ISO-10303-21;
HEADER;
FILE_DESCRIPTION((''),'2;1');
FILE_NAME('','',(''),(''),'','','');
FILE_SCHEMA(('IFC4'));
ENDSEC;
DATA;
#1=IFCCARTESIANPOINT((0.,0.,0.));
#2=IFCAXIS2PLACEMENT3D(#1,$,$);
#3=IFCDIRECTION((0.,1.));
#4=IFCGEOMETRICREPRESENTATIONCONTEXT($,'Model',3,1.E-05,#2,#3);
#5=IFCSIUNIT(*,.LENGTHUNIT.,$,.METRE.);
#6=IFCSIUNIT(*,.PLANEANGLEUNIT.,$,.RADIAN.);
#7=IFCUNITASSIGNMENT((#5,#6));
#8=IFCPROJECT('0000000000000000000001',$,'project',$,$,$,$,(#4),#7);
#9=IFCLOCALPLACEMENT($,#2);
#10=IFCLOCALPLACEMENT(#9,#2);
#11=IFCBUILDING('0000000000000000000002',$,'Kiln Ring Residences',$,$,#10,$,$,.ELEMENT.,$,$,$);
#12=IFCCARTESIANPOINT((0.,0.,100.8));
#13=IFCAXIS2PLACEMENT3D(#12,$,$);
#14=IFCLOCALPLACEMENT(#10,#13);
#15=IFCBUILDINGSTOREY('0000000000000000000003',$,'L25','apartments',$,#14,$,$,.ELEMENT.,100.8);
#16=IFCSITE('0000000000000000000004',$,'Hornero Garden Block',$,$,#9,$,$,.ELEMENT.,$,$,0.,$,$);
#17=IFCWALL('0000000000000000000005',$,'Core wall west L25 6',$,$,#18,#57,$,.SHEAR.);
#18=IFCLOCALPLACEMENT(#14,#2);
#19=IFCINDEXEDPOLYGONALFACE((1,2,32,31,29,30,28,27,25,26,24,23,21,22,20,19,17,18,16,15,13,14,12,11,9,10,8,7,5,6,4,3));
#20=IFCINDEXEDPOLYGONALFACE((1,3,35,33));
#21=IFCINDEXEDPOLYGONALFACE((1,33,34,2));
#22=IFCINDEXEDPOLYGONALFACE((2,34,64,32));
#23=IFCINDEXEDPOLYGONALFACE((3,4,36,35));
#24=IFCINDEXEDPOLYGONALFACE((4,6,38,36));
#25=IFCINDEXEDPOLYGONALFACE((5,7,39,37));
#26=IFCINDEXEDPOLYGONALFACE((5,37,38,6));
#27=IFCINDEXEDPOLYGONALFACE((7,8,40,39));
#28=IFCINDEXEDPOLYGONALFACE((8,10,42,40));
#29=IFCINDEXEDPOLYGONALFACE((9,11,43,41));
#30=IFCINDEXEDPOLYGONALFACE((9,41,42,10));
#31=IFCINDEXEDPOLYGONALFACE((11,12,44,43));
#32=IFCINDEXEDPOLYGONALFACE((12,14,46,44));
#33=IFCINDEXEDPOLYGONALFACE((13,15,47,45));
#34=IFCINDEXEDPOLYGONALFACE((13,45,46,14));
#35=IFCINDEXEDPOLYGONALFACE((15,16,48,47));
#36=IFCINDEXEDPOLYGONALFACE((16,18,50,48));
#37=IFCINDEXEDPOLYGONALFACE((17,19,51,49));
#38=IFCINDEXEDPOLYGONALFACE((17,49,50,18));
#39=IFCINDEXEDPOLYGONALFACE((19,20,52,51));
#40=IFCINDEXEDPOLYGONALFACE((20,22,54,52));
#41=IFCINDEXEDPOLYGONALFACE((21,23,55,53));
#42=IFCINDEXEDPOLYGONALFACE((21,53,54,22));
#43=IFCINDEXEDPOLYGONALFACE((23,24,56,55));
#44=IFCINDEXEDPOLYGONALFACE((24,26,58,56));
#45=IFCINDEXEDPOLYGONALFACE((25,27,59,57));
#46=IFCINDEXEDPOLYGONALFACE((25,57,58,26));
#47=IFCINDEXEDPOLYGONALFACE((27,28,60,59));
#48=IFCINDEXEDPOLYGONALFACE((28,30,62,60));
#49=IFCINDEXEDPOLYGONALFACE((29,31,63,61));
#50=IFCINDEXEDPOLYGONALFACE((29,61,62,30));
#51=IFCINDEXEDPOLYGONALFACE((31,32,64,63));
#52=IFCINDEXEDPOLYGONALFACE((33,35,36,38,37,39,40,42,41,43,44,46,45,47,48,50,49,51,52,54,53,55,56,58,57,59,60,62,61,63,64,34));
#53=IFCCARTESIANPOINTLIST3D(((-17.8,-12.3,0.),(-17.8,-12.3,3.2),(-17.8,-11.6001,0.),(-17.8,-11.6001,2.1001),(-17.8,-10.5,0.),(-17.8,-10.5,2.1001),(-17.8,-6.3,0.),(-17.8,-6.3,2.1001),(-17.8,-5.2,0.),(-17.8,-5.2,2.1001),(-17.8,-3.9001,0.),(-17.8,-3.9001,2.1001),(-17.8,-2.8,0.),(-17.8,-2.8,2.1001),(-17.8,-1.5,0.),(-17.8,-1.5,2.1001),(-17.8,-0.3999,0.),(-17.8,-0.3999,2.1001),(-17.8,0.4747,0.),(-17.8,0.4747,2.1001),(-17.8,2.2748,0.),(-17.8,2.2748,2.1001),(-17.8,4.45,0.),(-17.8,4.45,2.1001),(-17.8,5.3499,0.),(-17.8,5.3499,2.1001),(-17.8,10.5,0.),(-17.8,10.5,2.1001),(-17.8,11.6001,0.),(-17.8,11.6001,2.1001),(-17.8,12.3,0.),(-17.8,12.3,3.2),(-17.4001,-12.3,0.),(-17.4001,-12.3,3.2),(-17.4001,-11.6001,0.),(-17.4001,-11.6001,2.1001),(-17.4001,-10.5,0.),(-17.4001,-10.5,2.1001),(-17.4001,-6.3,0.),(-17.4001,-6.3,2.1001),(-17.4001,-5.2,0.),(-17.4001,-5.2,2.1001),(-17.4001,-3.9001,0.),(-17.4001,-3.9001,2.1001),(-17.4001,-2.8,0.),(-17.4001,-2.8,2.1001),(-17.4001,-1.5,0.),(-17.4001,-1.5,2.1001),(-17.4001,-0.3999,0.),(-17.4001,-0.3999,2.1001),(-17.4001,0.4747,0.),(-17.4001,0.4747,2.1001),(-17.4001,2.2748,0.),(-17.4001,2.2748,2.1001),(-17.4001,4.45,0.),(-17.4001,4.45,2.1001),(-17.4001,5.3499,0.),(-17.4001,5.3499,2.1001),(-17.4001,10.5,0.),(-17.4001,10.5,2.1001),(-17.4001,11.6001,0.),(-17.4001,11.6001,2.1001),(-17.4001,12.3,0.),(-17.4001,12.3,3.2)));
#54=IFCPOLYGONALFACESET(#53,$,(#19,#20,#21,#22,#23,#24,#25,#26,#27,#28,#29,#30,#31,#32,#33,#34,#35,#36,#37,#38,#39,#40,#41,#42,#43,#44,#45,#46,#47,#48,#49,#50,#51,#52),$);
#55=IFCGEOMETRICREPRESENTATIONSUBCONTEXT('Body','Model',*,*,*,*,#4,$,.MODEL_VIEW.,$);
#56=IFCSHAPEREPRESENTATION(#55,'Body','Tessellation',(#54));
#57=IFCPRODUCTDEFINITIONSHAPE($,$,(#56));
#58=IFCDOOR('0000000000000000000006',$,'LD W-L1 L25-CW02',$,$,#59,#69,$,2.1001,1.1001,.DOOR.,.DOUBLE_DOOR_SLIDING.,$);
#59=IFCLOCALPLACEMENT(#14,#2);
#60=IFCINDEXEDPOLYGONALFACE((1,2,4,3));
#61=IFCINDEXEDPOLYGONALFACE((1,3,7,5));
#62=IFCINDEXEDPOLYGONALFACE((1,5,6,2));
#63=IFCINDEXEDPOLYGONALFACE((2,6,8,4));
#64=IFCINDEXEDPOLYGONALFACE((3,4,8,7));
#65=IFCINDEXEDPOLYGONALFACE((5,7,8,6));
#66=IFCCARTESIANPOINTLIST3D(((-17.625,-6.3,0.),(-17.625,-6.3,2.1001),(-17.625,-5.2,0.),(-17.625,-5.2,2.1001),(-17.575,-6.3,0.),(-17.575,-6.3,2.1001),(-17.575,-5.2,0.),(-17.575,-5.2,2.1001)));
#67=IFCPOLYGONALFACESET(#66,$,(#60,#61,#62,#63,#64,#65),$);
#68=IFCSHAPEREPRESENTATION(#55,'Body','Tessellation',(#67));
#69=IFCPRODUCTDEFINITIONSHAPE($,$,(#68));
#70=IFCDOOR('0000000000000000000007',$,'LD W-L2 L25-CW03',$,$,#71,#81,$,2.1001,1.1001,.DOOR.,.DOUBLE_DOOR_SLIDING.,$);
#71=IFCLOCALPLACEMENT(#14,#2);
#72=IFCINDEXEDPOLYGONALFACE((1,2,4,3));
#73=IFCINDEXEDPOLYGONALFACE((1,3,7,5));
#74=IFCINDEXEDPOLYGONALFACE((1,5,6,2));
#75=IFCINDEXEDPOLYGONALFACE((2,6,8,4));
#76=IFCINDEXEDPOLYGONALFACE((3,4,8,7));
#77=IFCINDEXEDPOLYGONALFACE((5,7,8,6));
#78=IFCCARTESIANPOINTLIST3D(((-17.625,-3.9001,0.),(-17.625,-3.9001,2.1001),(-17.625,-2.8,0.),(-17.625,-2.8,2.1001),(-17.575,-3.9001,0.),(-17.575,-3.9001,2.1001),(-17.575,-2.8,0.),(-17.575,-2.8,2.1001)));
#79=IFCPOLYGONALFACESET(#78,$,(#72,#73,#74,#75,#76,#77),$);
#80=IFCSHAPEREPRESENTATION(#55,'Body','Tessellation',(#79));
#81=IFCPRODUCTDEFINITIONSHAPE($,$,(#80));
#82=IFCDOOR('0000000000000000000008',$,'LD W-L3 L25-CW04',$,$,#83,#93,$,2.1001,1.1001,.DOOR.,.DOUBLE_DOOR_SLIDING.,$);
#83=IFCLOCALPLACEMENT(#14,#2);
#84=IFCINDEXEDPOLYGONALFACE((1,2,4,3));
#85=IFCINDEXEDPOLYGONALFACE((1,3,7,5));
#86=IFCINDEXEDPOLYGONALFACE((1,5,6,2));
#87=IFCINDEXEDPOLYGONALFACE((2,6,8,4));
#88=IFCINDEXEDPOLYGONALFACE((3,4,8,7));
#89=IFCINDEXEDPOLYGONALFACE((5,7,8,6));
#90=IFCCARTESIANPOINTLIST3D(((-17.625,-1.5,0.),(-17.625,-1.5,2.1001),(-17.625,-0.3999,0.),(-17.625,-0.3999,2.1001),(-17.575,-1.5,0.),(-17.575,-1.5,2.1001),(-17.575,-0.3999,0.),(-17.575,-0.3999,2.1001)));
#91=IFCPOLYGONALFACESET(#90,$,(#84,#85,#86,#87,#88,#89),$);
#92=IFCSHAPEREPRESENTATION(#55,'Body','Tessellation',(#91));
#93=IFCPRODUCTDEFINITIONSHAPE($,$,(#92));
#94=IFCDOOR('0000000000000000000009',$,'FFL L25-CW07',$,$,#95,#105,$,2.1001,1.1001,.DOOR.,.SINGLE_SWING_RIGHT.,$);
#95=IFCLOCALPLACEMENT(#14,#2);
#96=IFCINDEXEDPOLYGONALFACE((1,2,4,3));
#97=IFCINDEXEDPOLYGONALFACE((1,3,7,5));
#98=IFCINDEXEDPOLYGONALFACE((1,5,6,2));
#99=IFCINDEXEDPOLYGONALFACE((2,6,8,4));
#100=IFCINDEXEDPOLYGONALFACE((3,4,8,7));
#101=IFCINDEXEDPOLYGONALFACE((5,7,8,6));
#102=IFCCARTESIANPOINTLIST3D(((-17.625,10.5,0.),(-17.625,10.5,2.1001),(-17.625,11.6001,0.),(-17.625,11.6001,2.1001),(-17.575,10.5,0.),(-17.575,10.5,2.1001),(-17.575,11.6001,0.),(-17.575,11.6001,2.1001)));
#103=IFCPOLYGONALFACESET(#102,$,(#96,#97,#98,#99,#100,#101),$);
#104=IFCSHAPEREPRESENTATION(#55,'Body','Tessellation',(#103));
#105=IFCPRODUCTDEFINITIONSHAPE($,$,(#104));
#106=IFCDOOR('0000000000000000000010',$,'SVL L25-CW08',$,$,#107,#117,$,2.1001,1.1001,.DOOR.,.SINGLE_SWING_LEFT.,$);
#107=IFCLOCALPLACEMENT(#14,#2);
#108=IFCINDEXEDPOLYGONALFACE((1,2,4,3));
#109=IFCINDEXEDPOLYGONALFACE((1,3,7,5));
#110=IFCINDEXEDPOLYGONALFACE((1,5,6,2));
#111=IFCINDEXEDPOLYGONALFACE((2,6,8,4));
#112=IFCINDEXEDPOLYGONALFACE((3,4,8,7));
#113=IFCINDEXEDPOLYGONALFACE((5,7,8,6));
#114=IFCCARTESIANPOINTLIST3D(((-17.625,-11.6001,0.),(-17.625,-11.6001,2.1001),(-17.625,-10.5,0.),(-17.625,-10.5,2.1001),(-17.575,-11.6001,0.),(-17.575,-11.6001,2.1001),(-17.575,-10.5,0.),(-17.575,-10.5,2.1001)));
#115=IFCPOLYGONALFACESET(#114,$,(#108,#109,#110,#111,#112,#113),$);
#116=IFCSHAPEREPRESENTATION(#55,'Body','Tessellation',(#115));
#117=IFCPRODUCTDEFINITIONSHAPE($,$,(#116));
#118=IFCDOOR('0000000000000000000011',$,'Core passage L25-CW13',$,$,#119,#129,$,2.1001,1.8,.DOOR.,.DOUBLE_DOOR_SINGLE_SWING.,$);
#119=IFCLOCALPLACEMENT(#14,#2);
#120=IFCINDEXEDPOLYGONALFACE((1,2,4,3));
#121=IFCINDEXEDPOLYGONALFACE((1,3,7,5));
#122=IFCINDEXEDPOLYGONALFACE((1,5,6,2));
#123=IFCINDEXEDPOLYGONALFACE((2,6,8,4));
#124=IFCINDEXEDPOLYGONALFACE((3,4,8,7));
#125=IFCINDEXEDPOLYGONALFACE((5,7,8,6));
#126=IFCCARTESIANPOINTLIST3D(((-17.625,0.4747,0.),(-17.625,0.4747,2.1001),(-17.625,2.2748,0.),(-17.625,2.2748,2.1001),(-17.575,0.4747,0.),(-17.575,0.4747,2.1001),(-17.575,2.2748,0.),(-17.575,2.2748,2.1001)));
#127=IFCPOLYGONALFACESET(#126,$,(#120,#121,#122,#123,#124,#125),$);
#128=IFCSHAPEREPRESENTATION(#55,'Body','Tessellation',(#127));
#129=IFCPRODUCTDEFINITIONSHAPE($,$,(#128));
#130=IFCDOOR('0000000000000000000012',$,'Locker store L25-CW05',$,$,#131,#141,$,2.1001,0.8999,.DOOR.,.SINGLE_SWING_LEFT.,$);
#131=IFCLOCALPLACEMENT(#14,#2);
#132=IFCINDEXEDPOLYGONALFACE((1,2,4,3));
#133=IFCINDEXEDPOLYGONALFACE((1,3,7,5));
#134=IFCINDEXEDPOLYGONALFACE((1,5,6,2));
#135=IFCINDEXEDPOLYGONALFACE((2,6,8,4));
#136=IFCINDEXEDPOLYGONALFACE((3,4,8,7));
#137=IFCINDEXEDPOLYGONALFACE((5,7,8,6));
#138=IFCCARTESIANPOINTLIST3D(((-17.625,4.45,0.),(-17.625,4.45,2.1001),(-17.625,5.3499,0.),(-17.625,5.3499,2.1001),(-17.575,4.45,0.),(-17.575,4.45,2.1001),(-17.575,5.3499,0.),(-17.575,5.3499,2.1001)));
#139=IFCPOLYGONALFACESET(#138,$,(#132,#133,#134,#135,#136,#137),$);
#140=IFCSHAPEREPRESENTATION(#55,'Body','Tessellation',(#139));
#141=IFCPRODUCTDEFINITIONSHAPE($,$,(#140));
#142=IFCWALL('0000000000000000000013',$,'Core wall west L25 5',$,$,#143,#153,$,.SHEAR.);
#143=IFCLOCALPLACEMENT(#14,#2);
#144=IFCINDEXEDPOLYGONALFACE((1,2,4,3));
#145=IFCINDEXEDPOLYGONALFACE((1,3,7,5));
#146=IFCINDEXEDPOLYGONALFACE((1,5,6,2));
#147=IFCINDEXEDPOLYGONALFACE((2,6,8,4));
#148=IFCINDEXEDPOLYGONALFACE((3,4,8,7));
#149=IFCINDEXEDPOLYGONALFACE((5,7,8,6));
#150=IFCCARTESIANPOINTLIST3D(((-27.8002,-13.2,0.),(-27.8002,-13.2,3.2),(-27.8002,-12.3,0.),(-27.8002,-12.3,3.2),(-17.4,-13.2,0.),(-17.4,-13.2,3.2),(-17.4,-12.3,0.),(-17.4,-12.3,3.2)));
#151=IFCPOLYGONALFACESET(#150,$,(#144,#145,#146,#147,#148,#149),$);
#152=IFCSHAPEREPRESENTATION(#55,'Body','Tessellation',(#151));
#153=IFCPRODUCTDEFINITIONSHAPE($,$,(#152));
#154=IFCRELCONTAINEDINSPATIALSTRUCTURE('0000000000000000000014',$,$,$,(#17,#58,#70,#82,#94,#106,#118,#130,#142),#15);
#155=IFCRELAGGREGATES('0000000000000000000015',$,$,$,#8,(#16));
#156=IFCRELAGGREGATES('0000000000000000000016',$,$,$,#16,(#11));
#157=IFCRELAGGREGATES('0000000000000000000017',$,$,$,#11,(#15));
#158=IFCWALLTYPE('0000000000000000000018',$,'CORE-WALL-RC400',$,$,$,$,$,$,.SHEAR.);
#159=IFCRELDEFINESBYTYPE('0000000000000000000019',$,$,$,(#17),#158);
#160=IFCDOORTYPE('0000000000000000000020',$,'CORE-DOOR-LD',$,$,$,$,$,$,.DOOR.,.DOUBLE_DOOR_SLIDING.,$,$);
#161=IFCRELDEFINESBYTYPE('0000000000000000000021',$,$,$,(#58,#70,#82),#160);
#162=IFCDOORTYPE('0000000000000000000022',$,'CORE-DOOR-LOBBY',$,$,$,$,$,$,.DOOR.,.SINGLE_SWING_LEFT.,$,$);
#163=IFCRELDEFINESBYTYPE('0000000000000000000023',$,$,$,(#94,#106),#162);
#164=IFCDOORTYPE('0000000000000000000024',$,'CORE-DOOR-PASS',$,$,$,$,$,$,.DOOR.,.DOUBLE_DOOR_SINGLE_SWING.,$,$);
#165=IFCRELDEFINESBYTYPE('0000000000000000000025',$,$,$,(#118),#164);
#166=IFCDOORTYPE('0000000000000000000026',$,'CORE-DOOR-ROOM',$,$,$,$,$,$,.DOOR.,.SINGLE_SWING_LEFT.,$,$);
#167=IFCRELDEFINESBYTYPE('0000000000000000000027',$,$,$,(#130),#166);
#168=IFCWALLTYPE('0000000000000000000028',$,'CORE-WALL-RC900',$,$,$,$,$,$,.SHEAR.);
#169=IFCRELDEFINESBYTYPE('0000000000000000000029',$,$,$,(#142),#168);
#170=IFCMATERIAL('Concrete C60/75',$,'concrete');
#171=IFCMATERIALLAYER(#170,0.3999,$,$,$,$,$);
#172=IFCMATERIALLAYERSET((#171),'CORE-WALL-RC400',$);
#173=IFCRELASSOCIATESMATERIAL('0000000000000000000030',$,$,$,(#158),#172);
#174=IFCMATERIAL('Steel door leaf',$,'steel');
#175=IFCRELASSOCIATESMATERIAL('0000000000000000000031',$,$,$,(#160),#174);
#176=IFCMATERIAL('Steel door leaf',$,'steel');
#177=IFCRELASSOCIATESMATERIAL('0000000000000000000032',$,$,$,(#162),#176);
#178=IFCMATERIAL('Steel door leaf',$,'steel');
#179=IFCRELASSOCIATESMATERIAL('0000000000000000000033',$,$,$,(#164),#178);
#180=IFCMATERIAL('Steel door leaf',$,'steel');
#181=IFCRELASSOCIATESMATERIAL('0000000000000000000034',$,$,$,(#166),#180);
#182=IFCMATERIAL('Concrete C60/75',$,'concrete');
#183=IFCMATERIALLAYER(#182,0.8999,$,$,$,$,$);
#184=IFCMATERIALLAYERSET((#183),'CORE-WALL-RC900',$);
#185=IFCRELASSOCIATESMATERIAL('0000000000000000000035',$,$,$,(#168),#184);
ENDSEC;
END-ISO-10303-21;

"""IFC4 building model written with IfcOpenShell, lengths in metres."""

from ifc_helpers import new_model, si_unit, direction, frame, frame_2d, origin, place, context, subcontext, project, spatial, rectangle, extrude, material, layer, layer_set, type_object, element, fill, save


model = new_model("IFC4")

# Units and contexts
model_context = context("Model", 3, precision=1e-05, world=origin(), true_north=direction((0.0, 1.0)))
body_context = subcontext(model_context, "Body", "Model", "MODEL_VIEW")
ifc_project = project(units=[si_unit("LENGTHUNIT", "METRE"), si_unit("PLANEANGLEUNIT", "RADIAN")], contexts=[model_context])

# Site, building, storey
site_placement = place(None, origin())
site = spatial("IfcSite", under=ifc_project, at=site_placement, Name="Hornero Garden Block", CompositionType="ELEMENT", RefElevation=0.0)
building_placement = place(site_placement, origin())
building = spatial("IfcBuilding", under=site, at=building_placement, Name="Kiln Ring Residences", CompositionType="ELEMENT")
storey_placement = place(building_placement, frame((0.0, 0.0, 100.8)))
storey = spatial("IfcBuildingStorey", under=building, at=storey_placement, Name="L25", Description="apartments", CompositionType="ELEMENT", Elevation=100.8)

# Wall, openings, doors
ifc_material_1 = material(Name="Concrete C60/75", Category="concrete")
ifc_layer_1 = layer(ifc_material_1, 0.3999)
ifc_layer_set_1 = layer_set([ifc_layer_1], Name="CORE-WALL-RC400")
wall_type_1 = type_object("IfcWallType", Name="CORE-WALL-RC400", PredefinedType="SHEAR", material=ifc_layer_set_1)
wall_1_placement = place(storey_placement, frame((-17.6001, -12.3, 0.0), z_axis=(0.0, 0.0, 1.0), x_axis=(0.0, 1.0, 0.0)))
wall_1 = element("IfcWall", 1, at=wall_1_placement, inside=storey, type_object=wall_type_1, Name="Core wall west L25 6", PredefinedType="SHEAR", context=body_context, shape_type="SweptSolid", body=[
    extrude(rectangle(XDim=24.6001, YDim=0.3999, at=frame_2d((12.3, 0.0))), origin(), (0.0, 0.0, 1.0), 3.2),
])
opening_1_placement = place(wall_1_placement, frame((6.0, 0.0, 0.0)))
opening_1 = element("IfcOpeningElement", 2, at=opening_1_placement, cuts=wall_1, PredefinedType="OPENING", context=body_context, shape_type="SweptSolid", body=[
    extrude(rectangle(XDim=1.1001, YDim=2.1001, at=frame_2d((0.55, 1.05))), frame((0.0, 0.21, 0.0), z_axis=(0.0, -1.0, 0.0), x_axis=(1.0, 0.0, 0.0)), (0.0, 0.0, 1.0), 0.4199),
])
opening_2_placement = place(wall_1_placement, frame((8.3999, 0.0, 0.0)))
opening_2 = element("IfcOpeningElement", 3, at=opening_2_placement, cuts=wall_1, PredefinedType="OPENING", context=body_context, shape_type="SweptSolid", body=[
    extrude(rectangle(XDim=1.1001, YDim=2.1001, at=frame_2d((0.55, 1.05))), frame((0.0, 0.21, 0.0), z_axis=(0.0, -1.0, 0.0), x_axis=(1.0, 0.0, 0.0)), (0.0, 0.0, 1.0), 0.4199),
])
opening_3_placement = place(wall_1_placement, frame((10.8, 0.0, 0.0)))
opening_3 = element("IfcOpeningElement", 4, at=opening_3_placement, cuts=wall_1, PredefinedType="OPENING", context=body_context, shape_type="SweptSolid", body=[
    extrude(rectangle(XDim=1.1001, YDim=2.1001, at=frame_2d((0.55, 1.05))), frame((0.0, 0.21, 0.0), z_axis=(0.0, -1.0, 0.0), x_axis=(1.0, 0.0, 0.0)), (0.0, 0.0, 1.0), 0.4199),
])
opening_4_placement = place(wall_1_placement, frame((16.75, 0.0, 0.0)))
opening_4 = element("IfcOpeningElement", 5, at=opening_4_placement, cuts=wall_1, PredefinedType="OPENING", context=body_context, shape_type="SweptSolid", body=[
    extrude(rectangle(XDim=0.8999, YDim=2.1001, at=frame_2d((0.45, 1.05))), frame((0.0, 0.21, 0.0), z_axis=(0.0, -1.0, 0.0), x_axis=(1.0, 0.0, 0.0)), (0.0, 0.0, 1.0), 0.4199),
])
opening_5_placement = place(wall_1_placement, frame((22.8, 0.0, 0.0)))
opening_5 = element("IfcOpeningElement", 6, at=opening_5_placement, cuts=wall_1, PredefinedType="OPENING", context=body_context, shape_type="SweptSolid", body=[
    extrude(rectangle(XDim=1.1001, YDim=2.1001, at=frame_2d((0.55, 1.05))), frame((0.0, 0.21, 0.0), z_axis=(0.0, -1.0, 0.0), x_axis=(1.0, 0.0, 0.0)), (0.0, 0.0, 1.0), 0.4199),
])
opening_6_placement = place(wall_1_placement, frame((0.7, 0.0, 0.0)))
opening_6 = element("IfcOpeningElement", 7, at=opening_6_placement, cuts=wall_1, PredefinedType="OPENING", context=body_context, shape_type="SweptSolid", body=[
    extrude(rectangle(XDim=1.1001, YDim=2.1001, at=frame_2d((0.55, 1.05))), frame((0.0, 0.21, 0.0), z_axis=(0.0, -1.0, 0.0), x_axis=(1.0, 0.0, 0.0)), (0.0, 0.0, 1.0), 0.4199),
])
opening_7_placement = place(wall_1_placement, frame((12.7749, 0.0, 0.0)))
opening_7 = element("IfcOpeningElement", 8, at=opening_7_placement, cuts=wall_1, PredefinedType="OPENING", context=body_context, shape_type="SweptSolid", body=[
    extrude(rectangle(XDim=1.8, YDim=2.1001, at=frame_2d((0.8999, 1.05))), frame((0.0, 0.21, 0.0), z_axis=(0.0, -1.0, 0.0), x_axis=(1.0, 0.0, 0.0)), (0.0, 0.0, 1.0), 0.4199),
])
ifc_material_2 = material(Name="Steel door leaf", Category="steel")
door_type_1 = type_object("IfcDoorType", Name="CORE-DOOR-LD", OperationType="DOUBLE_DOOR_SLIDING", PredefinedType="DOOR", material=ifc_material_2)
door_1_placement = place(opening_1_placement, origin())
door_1 = element("IfcDoor", 9, at=door_1_placement, inside=storey, type_object=door_type_1, Name="LD W-L1 L25-CW02", OperationType="DOUBLE_DOOR_SLIDING", OverallHeight=2.1001, OverallWidth=1.1001, PredefinedType="DOOR", context=body_context, shape_type="SweptSolid", body=[
    extrude(rectangle(XDim=1.1001, YDim=2.1001, at=frame_2d((0.55, 1.05))), frame((0.0, 0.0249, 0.0), z_axis=(0.0, -1.0, 0.0), x_axis=(1.0, 0.0, 0.0)), (0.0, 0.0, 1.0), 0.05),
])
fill(opening_1, door_1)
door_2_placement = place(opening_2_placement, origin())
door_2 = element("IfcDoor", 10, at=door_2_placement, inside=storey, type_object=door_type_1, Name="LD W-L2 L25-CW03", OperationType="DOUBLE_DOOR_SLIDING", OverallHeight=2.1001, OverallWidth=1.1001, PredefinedType="DOOR", context=body_context, shape_type="SweptSolid", body=[
    extrude(rectangle(XDim=1.1001, YDim=2.1001, at=frame_2d((0.55, 1.05))), frame((0.0, 0.0249, 0.0), z_axis=(0.0, -1.0, 0.0), x_axis=(1.0, 0.0, 0.0)), (0.0, 0.0, 1.0), 0.05),
])
fill(opening_2, door_2)
door_3_placement = place(opening_3_placement, origin())
door_3 = element("IfcDoor", 11, at=door_3_placement, inside=storey, type_object=door_type_1, Name="LD W-L3 L25-CW04", OperationType="DOUBLE_DOOR_SLIDING", OverallHeight=2.1001, OverallWidth=1.1001, PredefinedType="DOOR", context=body_context, shape_type="SweptSolid", body=[
    extrude(rectangle(XDim=1.1001, YDim=2.1001, at=frame_2d((0.55, 1.05))), frame((0.0, 0.0249, 0.0), z_axis=(0.0, -1.0, 0.0), x_axis=(1.0, 0.0, 0.0)), (0.0, 0.0, 1.0), 0.05),
])
fill(opening_3, door_3)
ifc_material_3 = material(Name="Steel door leaf", Category="steel")
door_type_2 = type_object("IfcDoorType", Name="CORE-DOOR-LOBBY", OperationType="SINGLE_SWING_LEFT", PredefinedType="DOOR", material=ifc_material_3)
door_4_placement = place(opening_5_placement, origin())
door_4 = element("IfcDoor", 12, at=door_4_placement, inside=storey, type_object=door_type_2, Name="FFL L25-CW07", OperationType="SINGLE_SWING_RIGHT", OverallHeight=2.1001, OverallWidth=1.1001, PredefinedType="DOOR", context=body_context, shape_type="SweptSolid", body=[
    extrude(rectangle(XDim=1.1001, YDim=2.1001, at=frame_2d((0.55, 1.05))), frame((0.0, 0.0249, 0.0), z_axis=(0.0, -1.0, 0.0), x_axis=(1.0, 0.0, 0.0)), (0.0, 0.0, 1.0), 0.05),
])
fill(opening_5, door_4)
door_5_placement = place(opening_6_placement, origin())
door_5 = element("IfcDoor", 13, at=door_5_placement, inside=storey, type_object=door_type_2, Name="SVL L25-CW08", OperationType="SINGLE_SWING_LEFT", OverallHeight=2.1001, OverallWidth=1.1001, PredefinedType="DOOR", context=body_context, shape_type="SweptSolid", body=[
    extrude(rectangle(XDim=1.1001, YDim=2.1001, at=frame_2d((0.55, 1.05))), frame((0.0, 0.0249, 0.0), z_axis=(0.0, -1.0, 0.0), x_axis=(1.0, 0.0, 0.0)), (0.0, 0.0, 1.0), 0.05),
])
fill(opening_6, door_5)
ifc_material_4 = material(Name="Steel door leaf", Category="steel")
door_type_3 = type_object("IfcDoorType", Name="CORE-DOOR-PASS", OperationType="DOUBLE_DOOR_SINGLE_SWING", PredefinedType="DOOR", material=ifc_material_4)
door_6_placement = place(opening_7_placement, origin())
door_6 = element("IfcDoor", 14, at=door_6_placement, inside=storey, type_object=door_type_3, Name="Core passage L25-CW13", OperationType="DOUBLE_DOOR_SINGLE_SWING", OverallHeight=2.1001, OverallWidth=1.8, PredefinedType="DOOR", context=body_context, shape_type="SweptSolid", body=[
    extrude(rectangle(XDim=1.8, YDim=2.1001, at=frame_2d((0.8999, 1.05))), frame((0.0, 0.0249, 0.0), z_axis=(0.0, -1.0, 0.0), x_axis=(1.0, 0.0, 0.0)), (0.0, 0.0, 1.0), 0.05),
])
fill(opening_7, door_6)
ifc_material_5 = material(Name="Steel door leaf", Category="steel")
door_type_4 = type_object("IfcDoorType", Name="CORE-DOOR-ROOM", OperationType="SINGLE_SWING_LEFT", PredefinedType="DOOR", material=ifc_material_5)
door_7_placement = place(opening_4_placement, origin())
door_7 = element("IfcDoor", 15, at=door_7_placement, inside=storey, type_object=door_type_4, Name="Locker store L25-CW05", OperationType="SINGLE_SWING_LEFT", OverallHeight=2.1001, OverallWidth=0.8999, PredefinedType="DOOR", context=body_context, shape_type="SweptSolid", body=[
    extrude(rectangle(XDim=0.8999, YDim=2.1001, at=frame_2d((0.45, 1.05))), frame((0.0, 0.0249, 0.0), z_axis=(0.0, -1.0, 0.0), x_axis=(1.0, 0.0, 0.0)), (0.0, 0.0, 1.0), 0.05),
])
fill(opening_4, door_7)

# Wall
ifc_material_6 = material(Name="Concrete C60/75", Category="concrete")
ifc_layer_2 = layer(ifc_material_6, 0.8999)
ifc_layer_set_2 = layer_set([ifc_layer_2], Name="CORE-WALL-RC900")
wall_type_2 = type_object("IfcWallType", Name="CORE-WALL-RC900", PredefinedType="SHEAR", material=ifc_layer_set_2)
wall_2_placement = place(storey_placement, frame((-17.3999, -12.75, 0.0), z_axis=(0.0, 0.0, 1.0), x_axis=(-1.0, 0.0, 0.0)))
element("IfcWall", 16, at=wall_2_placement, inside=storey, type_object=wall_type_2, Name="Core wall west L25 5", PredefinedType="SHEAR", context=body_context, shape_type="SweptSolid", body=[
    extrude(rectangle(XDim=10.4001, YDim=0.8999, at=frame_2d((5.2002, 0.0))), origin(), (0.0, 0.0, 1.0), 3.2),
])

save(model, "model.ifc")
